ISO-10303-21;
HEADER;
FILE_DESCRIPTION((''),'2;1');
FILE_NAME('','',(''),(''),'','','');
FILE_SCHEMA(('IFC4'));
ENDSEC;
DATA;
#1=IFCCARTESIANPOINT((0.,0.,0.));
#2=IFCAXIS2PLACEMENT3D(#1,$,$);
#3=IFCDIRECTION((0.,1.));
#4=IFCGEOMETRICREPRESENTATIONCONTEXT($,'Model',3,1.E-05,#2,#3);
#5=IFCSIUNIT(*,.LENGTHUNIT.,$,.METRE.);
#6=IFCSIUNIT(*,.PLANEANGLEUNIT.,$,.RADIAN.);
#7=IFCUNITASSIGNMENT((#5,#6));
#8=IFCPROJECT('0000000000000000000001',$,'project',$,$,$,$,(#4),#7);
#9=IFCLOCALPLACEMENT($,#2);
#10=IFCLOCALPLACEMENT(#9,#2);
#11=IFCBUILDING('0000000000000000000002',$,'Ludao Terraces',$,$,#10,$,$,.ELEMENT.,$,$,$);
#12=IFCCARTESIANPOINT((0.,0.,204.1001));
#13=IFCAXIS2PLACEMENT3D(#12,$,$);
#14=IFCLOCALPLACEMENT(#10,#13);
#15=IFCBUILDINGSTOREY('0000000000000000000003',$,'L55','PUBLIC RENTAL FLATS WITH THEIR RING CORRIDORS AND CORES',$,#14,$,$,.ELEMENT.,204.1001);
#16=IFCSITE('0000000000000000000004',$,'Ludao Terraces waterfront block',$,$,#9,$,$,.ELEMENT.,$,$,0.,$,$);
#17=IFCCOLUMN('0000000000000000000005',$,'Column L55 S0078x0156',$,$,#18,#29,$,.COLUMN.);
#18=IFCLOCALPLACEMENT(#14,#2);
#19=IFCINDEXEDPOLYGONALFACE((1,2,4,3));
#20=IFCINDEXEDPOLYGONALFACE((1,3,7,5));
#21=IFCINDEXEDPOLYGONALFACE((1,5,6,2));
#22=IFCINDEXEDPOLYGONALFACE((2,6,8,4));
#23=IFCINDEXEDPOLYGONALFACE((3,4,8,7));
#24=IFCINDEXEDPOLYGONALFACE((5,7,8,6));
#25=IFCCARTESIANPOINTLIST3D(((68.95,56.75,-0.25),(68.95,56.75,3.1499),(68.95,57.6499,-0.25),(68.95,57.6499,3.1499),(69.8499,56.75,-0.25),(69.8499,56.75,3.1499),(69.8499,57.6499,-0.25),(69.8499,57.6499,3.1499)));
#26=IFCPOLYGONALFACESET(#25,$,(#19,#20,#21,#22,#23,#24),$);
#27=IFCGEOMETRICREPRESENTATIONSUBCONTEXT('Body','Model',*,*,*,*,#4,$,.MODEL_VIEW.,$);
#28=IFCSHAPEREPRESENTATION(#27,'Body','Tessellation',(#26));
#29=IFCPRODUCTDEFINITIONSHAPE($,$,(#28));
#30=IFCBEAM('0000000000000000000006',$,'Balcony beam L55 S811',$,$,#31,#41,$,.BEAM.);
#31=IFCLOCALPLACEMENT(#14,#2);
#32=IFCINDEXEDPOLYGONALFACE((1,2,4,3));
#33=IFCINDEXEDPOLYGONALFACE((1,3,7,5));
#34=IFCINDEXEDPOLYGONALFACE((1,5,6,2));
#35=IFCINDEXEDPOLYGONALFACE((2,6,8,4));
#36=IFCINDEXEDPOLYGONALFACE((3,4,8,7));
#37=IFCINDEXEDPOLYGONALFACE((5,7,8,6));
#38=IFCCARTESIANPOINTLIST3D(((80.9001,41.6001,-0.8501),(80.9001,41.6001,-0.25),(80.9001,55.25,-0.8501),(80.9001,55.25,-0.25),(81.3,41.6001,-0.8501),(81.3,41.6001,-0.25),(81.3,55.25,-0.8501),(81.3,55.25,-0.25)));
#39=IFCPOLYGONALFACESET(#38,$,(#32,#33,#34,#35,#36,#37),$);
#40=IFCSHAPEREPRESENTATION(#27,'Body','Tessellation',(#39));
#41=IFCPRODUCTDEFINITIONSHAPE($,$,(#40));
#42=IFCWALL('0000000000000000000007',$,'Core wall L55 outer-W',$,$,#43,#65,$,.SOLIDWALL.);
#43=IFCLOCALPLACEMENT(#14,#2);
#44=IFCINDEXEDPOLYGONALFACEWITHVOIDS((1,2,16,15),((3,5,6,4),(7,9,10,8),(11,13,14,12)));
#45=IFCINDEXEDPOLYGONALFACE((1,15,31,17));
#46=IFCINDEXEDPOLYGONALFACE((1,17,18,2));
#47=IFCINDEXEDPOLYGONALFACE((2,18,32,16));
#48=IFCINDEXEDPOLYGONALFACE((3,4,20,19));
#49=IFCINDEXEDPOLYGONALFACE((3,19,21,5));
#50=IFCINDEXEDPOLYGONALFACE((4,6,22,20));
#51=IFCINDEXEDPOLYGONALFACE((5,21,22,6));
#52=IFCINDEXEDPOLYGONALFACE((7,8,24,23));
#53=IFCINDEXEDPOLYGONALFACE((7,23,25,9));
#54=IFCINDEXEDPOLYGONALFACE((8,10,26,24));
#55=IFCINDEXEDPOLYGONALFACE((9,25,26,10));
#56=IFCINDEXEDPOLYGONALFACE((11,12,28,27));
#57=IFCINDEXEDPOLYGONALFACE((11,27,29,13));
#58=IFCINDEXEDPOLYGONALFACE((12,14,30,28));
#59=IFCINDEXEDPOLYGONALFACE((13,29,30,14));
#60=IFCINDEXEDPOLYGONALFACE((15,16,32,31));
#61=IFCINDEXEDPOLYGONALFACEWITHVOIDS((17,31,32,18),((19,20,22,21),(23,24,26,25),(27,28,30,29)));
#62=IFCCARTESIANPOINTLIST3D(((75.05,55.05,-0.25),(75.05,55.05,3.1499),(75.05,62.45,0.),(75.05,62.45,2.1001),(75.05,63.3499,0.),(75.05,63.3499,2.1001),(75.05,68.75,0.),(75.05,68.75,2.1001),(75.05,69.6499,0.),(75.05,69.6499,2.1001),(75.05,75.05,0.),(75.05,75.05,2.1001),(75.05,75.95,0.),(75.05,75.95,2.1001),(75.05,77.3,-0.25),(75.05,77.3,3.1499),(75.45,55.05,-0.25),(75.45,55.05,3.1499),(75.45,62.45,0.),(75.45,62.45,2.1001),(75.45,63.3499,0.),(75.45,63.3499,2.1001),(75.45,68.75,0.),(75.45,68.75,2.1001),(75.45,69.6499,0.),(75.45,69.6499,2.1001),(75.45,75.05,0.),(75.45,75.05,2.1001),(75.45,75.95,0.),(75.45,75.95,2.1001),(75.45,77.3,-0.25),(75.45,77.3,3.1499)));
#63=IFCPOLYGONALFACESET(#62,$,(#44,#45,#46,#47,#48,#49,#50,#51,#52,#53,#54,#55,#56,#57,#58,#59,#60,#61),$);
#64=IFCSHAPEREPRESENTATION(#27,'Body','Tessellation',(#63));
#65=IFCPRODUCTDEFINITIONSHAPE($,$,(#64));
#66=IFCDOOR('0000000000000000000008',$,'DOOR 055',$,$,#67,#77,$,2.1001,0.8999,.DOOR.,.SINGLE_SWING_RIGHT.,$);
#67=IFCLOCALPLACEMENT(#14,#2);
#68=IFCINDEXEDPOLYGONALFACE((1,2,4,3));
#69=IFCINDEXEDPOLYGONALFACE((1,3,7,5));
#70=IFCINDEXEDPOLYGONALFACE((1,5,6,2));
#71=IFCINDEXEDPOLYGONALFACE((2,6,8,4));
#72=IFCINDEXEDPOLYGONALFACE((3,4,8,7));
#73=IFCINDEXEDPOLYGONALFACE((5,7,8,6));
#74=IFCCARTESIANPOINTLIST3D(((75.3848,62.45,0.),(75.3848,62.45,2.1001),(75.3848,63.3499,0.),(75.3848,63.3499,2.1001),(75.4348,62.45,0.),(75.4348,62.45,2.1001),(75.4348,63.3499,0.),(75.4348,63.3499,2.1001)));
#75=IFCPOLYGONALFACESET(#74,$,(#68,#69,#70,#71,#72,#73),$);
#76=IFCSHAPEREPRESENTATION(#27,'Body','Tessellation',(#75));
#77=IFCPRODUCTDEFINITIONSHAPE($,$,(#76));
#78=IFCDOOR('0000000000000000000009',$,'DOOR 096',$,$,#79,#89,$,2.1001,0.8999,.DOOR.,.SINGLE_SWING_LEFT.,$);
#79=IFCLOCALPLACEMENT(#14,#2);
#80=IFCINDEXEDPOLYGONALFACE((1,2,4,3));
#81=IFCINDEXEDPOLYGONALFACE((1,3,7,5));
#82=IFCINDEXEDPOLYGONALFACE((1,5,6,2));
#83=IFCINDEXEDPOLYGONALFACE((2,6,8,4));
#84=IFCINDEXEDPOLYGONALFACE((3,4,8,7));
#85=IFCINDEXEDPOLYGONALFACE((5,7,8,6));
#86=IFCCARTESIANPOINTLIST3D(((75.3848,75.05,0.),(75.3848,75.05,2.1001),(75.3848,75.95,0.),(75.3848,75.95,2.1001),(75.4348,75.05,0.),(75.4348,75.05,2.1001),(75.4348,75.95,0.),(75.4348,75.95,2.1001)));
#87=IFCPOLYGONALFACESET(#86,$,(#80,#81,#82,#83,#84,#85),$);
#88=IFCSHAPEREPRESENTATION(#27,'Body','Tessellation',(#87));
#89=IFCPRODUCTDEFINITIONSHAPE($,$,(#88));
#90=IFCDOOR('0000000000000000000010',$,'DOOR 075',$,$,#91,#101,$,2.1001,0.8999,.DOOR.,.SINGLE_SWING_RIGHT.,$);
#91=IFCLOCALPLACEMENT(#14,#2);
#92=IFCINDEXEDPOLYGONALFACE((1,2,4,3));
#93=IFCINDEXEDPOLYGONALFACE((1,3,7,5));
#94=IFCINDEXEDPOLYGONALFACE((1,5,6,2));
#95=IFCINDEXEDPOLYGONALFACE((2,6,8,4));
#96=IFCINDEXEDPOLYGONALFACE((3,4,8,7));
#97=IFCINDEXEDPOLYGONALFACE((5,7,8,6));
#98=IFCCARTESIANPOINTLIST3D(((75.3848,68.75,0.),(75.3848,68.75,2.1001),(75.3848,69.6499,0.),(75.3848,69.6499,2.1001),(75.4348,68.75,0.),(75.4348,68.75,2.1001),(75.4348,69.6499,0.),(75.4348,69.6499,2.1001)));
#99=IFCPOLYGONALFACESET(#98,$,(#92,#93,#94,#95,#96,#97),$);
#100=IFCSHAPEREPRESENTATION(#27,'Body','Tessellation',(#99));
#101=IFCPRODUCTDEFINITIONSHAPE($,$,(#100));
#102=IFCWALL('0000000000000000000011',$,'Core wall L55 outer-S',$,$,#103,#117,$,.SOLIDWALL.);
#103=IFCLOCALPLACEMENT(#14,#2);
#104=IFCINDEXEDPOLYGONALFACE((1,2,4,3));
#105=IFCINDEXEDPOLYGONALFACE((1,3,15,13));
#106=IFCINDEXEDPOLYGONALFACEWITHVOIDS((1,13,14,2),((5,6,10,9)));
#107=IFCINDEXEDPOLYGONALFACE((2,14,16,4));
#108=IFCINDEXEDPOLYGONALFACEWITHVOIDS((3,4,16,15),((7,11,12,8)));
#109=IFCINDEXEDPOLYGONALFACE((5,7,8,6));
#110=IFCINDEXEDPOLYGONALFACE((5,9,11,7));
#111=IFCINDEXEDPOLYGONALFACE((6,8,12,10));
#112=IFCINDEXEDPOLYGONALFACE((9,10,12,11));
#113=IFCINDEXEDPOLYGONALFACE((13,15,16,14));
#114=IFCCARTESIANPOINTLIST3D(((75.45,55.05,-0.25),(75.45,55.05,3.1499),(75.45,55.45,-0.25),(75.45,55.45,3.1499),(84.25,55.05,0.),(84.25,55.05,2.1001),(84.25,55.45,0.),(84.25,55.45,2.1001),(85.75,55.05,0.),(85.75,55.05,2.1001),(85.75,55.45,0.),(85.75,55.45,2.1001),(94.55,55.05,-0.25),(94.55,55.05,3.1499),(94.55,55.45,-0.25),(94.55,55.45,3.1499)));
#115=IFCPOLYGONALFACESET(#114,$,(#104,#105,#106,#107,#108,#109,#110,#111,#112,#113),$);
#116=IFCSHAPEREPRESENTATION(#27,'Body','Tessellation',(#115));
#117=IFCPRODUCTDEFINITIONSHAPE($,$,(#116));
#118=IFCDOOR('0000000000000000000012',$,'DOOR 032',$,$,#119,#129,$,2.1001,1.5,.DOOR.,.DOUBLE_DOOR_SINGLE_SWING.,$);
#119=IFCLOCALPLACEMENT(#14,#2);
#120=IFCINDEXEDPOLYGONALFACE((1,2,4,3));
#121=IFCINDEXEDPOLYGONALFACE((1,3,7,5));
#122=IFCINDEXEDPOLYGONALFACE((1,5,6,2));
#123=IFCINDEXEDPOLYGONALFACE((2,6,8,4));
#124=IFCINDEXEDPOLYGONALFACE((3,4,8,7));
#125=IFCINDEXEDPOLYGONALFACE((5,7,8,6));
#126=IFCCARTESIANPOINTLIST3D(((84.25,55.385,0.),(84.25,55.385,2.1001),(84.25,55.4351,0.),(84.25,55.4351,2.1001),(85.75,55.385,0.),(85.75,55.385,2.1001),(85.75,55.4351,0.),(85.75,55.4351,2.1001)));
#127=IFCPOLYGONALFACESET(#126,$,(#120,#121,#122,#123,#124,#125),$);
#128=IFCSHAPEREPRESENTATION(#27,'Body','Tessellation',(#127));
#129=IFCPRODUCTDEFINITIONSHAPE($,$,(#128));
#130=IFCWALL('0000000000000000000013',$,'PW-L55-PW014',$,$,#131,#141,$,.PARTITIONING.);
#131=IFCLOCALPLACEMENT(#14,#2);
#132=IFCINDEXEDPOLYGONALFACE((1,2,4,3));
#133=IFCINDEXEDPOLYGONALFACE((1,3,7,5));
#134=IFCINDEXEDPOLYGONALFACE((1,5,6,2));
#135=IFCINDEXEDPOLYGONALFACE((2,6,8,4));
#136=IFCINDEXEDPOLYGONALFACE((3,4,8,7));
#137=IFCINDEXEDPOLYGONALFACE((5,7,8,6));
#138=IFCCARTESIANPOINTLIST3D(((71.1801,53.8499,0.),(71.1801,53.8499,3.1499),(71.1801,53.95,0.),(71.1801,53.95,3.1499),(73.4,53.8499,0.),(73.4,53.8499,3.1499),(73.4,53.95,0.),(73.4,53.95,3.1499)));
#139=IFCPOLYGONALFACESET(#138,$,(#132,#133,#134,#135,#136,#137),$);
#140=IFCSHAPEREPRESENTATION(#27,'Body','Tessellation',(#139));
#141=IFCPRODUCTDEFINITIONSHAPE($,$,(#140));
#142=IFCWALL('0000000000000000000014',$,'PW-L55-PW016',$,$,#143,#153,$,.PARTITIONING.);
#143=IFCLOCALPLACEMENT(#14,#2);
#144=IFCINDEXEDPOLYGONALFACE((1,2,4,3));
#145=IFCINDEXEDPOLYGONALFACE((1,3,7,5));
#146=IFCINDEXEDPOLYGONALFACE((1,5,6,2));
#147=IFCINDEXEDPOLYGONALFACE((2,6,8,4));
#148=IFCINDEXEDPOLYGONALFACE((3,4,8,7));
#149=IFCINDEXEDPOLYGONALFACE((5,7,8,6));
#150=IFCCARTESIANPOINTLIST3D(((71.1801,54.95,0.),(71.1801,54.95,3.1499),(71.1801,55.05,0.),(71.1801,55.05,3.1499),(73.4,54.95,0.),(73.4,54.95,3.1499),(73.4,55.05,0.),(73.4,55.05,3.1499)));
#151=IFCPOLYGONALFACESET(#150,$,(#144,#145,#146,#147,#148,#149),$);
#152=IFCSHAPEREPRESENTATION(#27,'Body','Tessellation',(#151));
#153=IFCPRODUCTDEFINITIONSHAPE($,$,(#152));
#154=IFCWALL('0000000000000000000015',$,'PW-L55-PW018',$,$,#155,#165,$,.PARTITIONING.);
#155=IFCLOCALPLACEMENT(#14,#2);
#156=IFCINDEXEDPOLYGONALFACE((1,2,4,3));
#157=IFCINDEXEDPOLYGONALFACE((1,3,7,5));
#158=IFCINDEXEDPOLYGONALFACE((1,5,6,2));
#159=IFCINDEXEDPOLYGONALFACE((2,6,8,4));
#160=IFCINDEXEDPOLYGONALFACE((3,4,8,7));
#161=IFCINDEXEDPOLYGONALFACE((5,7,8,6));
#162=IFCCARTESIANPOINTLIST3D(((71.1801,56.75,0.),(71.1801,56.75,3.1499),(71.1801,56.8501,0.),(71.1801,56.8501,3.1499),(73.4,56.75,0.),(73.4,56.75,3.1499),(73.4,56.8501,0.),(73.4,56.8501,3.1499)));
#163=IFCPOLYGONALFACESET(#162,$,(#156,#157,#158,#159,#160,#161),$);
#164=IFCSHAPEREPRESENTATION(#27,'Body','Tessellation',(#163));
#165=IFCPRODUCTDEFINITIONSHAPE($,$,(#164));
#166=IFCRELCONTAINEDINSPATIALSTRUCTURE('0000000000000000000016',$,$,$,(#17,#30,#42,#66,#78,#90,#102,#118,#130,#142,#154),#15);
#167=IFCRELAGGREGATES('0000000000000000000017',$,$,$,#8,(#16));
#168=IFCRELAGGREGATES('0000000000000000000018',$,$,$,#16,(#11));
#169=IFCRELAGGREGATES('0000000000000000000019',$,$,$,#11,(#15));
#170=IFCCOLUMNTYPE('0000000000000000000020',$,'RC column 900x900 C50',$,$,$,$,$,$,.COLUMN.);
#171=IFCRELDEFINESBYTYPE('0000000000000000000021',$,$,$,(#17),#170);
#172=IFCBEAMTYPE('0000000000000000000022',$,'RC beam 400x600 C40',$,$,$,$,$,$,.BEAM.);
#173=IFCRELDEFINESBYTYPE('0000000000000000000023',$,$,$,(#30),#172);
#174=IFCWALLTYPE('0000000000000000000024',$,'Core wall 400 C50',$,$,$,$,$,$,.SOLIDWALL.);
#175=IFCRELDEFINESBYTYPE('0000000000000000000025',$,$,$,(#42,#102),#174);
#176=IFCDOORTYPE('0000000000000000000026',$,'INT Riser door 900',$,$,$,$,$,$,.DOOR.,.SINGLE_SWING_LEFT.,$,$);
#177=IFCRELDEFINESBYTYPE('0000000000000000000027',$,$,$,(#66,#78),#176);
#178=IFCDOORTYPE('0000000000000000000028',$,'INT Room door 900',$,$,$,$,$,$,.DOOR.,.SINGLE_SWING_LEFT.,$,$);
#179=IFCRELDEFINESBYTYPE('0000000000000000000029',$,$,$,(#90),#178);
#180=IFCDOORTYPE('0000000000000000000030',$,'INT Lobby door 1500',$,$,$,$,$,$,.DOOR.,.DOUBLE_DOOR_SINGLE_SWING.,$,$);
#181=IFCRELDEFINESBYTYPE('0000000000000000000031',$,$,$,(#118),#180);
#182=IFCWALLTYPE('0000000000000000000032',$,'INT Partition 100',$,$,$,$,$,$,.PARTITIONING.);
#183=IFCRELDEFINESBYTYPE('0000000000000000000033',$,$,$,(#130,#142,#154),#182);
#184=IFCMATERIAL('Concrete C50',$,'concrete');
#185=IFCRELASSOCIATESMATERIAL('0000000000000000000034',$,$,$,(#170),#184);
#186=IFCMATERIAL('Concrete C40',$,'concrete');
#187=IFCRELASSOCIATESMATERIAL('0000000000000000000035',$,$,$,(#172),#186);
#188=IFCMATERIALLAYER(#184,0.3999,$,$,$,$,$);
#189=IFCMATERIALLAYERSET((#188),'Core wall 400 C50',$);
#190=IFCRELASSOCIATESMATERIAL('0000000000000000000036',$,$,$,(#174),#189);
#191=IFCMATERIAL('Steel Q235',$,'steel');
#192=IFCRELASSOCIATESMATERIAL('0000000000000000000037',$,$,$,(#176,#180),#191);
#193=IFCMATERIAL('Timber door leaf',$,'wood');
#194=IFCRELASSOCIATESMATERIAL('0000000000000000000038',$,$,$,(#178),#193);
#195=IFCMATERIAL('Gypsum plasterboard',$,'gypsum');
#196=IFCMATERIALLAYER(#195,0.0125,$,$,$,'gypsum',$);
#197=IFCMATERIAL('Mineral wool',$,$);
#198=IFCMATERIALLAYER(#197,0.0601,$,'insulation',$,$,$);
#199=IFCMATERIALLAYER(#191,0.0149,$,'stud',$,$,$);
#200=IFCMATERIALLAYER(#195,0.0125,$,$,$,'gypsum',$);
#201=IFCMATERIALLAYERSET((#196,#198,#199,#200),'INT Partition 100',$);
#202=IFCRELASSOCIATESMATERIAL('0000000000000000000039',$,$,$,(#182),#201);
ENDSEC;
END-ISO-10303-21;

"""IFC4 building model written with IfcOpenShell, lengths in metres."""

from ifc_helpers import new_model, si_unit, direction, frame, frame_2d, origin, origin_2d, place, context, subcontext, project, spatial, rectangle, extrude, material, layer, layer_set, material_profile, profile_set, type_object, element, fill, save


model = new_model("IFC4")

# Units and contexts
model_context = context("Model", 3, precision=1e-05, world=origin(), true_north=direction((0.0, 1.0)))
body_context = subcontext(model_context, "Body", "Model", "MODEL_VIEW")
ifc_project = project(units=[si_unit("LENGTHUNIT", "METRE"), si_unit("PLANEANGLEUNIT", "RADIAN")], contexts=[model_context])

# Site, building, storey
site_placement = place(None, origin())
site = spatial("IfcSite", under=ifc_project, at=site_placement, Name="Ludao Terraces waterfront block", CompositionType="ELEMENT", RefElevation=0.0)
building_placement = place(site_placement, origin())
building = spatial("IfcBuilding", under=site, at=building_placement, Name="Ludao Terraces", CompositionType="ELEMENT")
storey_placement = place(building_placement, frame((0.0, 0.0, 204.1001)))
storey = spatial("IfcBuildingStorey", under=building, at=storey_placement, Name="L55", Description="PUBLIC RENTAL FLATS WITH THEIR RING CORRIDORS AND CORES", CompositionType="ELEMENT", Elevation=204.1001)

# Column
ifc_material_1 = material(Name="Concrete C50", Category="concrete")
ifc_material_profile_1 = material_profile(ifc_material_1, rectangle(XDim=0.8999, YDim=0.8999, at=origin_2d()), Name="900 X 900")
ifc_profile_set_1 = profile_set([ifc_material_profile_1], Name="Concrete C50")
column_type = type_object("IfcColumnType", Name="RC column 900x900 C50", PredefinedType="COLUMN", material=ifc_profile_set_1)
column_placement = place(storey_placement, frame((69.3999, 57.2, -0.25), z_axis=(0.0, 0.0, 1.0), x_axis=(1.0, 0.0, 0.0)))
element("IfcColumn", 1, at=column_placement, inside=storey, type_object=column_type, Name="Column L55 S0078x0156", PredefinedType="COLUMN", context=body_context, shape_type="SweptSolid", body=[
    extrude(rectangle(XDim=0.8999, YDim=0.8999, at=origin_2d()), origin(), (0.0, 0.0, 1.0), 3.3999),
])

# Beam
ifc_material_2 = material(Name="Concrete C40", Category="concrete")
ifc_material_profile_2 = material_profile(ifc_material_2, rectangle(XDim=0.3999, YDim=0.6001, at=origin_2d()), Name="400 X 600")
ifc_profile_set_2 = profile_set([ifc_material_profile_2], Name="Concrete C40")
beam_type = type_object("IfcBeamType", Name="RC beam 400x600 C40", PredefinedType="BEAM", material=ifc_profile_set_2)
beam_placement = place(storey_placement, frame((81.1001, 55.25, -0.55), z_axis=(0.0, -1.0, 0.0), x_axis=(1.0, 0.0, 0.0)))
element("IfcBeam", 2, at=beam_placement, inside=storey, type_object=beam_type, Name="Balcony beam L55 S811", PredefinedType="BEAM", context=body_context, shape_type="SweptSolid", body=[
    extrude(rectangle(XDim=0.3999, YDim=0.6001, at=origin_2d()), origin(), (0.0, 0.0, 1.0), 13.6499),
])

# Wall, openings, doors
ifc_layer_1 = layer(ifc_material_1, 0.3999)
ifc_layer_set_1 = layer_set([ifc_layer_1], Name="Core wall 400 C50")
wall_type_1 = type_object("IfcWallType", Name="Core wall 400 C50", PredefinedType="SOLIDWALL", material=ifc_layer_set_1)
wall_1_placement = place(storey_placement, frame((75.25, 55.05, -0.25), z_axis=(0.0, 0.0, 1.0), x_axis=(0.0, 1.0, 0.0)))
wall_1 = element("IfcWall", 3, at=wall_1_placement, inside=storey, type_object=wall_type_1, Name="Core wall L55 outer-W", PredefinedType="SOLIDWALL", context=body_context, shape_type="SweptSolid", body=[
    extrude(rectangle(XDim=22.25, YDim=0.3999, at=frame_2d((11.125, 0.0))), origin(), (0.0, 0.0, 1.0), 3.3999),
])
opening_1_placement = place(wall_1_placement, frame((7.3999, 0.0, 0.25)))
opening_1 = element("IfcOpeningElement", 4, at=opening_1_placement, cuts=wall_1, PredefinedType="OPENING", context=body_context, shape_type="SweptSolid", body=[
    extrude(rectangle(XDim=0.8999, YDim=2.1001, at=frame_2d((0.45, 1.05))), frame((0.0, 0.21, 0.0), z_axis=(0.0, -1.0, 0.0), x_axis=(1.0, 0.0, 0.0)), (0.0, 0.0, 1.0), 0.4199),
])
opening_2_placement = place(wall_1_placement, frame((13.7, 0.0, 0.25)))
opening_2 = element("IfcOpeningElement", 5, at=opening_2_placement, cuts=wall_1, PredefinedType="OPENING", context=body_context, shape_type="SweptSolid", body=[
    extrude(rectangle(XDim=0.8999, YDim=2.1001, at=frame_2d((0.45, 1.05))), frame((0.0, 0.21, 0.0), z_axis=(0.0, -1.0, 0.0), x_axis=(1.0, 0.0, 0.0)), (0.0, 0.0, 1.0), 0.4199),
])
opening_3_placement = place(wall_1_placement, frame((20.0, 0.0, 0.25)))
opening_3 = element("IfcOpeningElement", 6, at=opening_3_placement, cuts=wall_1, PredefinedType="OPENING", context=body_context, shape_type="SweptSolid", body=[
    extrude(rectangle(XDim=0.8999, YDim=2.1001, at=frame_2d((0.45, 1.05))), frame((0.0, 0.21, 0.0), z_axis=(0.0, -1.0, 0.0), x_axis=(1.0, 0.0, 0.0)), (0.0, 0.0, 1.0), 0.4199),
])
ifc_material_3 = material(Name="Steel Q235", Category="steel")
door_type_1 = type_object("IfcDoorType", Name="INT Riser door 900", OperationType="SINGLE_SWING_LEFT", PredefinedType="DOOR", material=ifc_material_3)
door_1_placement = place(opening_1_placement, origin())
door_1 = element("IfcDoor", 7, at=door_1_placement, inside=storey, type_object=door_type_1, Name="DOOR 055", OperationType="SINGLE_SWING_RIGHT", OverallHeight=2.1001, OverallWidth=0.8999, PredefinedType="DOOR", context=body_context, shape_type="SweptSolid", body=[
    extrude(rectangle(XDim=0.8999, YDim=2.1001, at=frame_2d((0.45, 1.05))), frame((0.0, -0.1348, 0.0), z_axis=(0.0, -1.0, 0.0), x_axis=(1.0, 0.0, 0.0)), (0.0, 0.0, 1.0), 0.05),
])
fill(opening_1, door_1)
door_2_placement = place(opening_3_placement, origin())
door_2 = element("IfcDoor", 8, at=door_2_placement, inside=storey, type_object=door_type_1, Name="DOOR 096", OperationType="SINGLE_SWING_LEFT", OverallHeight=2.1001, OverallWidth=0.8999, PredefinedType="DOOR", context=body_context, shape_type="SweptSolid", body=[
    extrude(rectangle(XDim=0.8999, YDim=2.1001, at=frame_2d((0.45, 1.05))), frame((0.0, -0.1348, 0.0), z_axis=(0.0, -1.0, 0.0), x_axis=(1.0, 0.0, 0.0)), (0.0, 0.0, 1.0), 0.05),
])
fill(opening_3, door_2)
ifc_material_4 = material(Name="Timber door leaf", Category="wood")
door_type_2 = type_object("IfcDoorType", Name="INT Room door 900", OperationType="SINGLE_SWING_LEFT", PredefinedType="DOOR", material=ifc_material_4)
door_3_placement = place(opening_2_placement, origin())
door_3 = element("IfcDoor", 9, at=door_3_placement, inside=storey, type_object=door_type_2, Name="DOOR 075", OperationType="SINGLE_SWING_RIGHT", OverallHeight=2.1001, OverallWidth=0.8999, PredefinedType="DOOR", context=body_context, shape_type="SweptSolid", body=[
    extrude(rectangle(XDim=0.8999, YDim=2.1001, at=frame_2d((0.45, 1.05))), frame((0.0, -0.1348, 0.0), z_axis=(0.0, -1.0, 0.0), x_axis=(1.0, 0.0, 0.0)), (0.0, 0.0, 1.0), 0.05),
])
fill(opening_2, door_3)

# Wall, opening, door
wall_2_placement = place(storey_placement, frame((75.45, 55.25, -0.25), z_axis=(0.0, 0.0, 1.0), x_axis=(1.0, 0.0, 0.0)))
wall_2 = element("IfcWall", 10, at=wall_2_placement, inside=storey, type_object=wall_type_1, Name="Core wall L55 outer-S", PredefinedType="SOLIDWALL", context=body_context, shape_type="SweptSolid", body=[
    extrude(rectangle(XDim=19.1001, YDim=0.3999, at=frame_2d((9.55, 0.0))), origin(), (0.0, 0.0, 1.0), 3.3999),
])
opening_4_placement = place(wall_2_placement, frame((8.8, 0.0, 0.25)))
opening_4 = element("IfcOpeningElement", 11, at=opening_4_placement, cuts=wall_2, PredefinedType="OPENING", context=body_context, shape_type="SweptSolid", body=[
    extrude(rectangle(XDim=1.5, YDim=2.1001, at=frame_2d((0.75, 1.05))), frame((0.0, 0.21, 0.0), z_axis=(0.0, -1.0, 0.0), x_axis=(1.0, 0.0, 0.0)), (0.0, 0.0, 1.0), 0.4199),
])
door_type_3 = type_object("IfcDoorType", Name="INT Lobby door 1500", OperationType="DOUBLE_DOOR_SINGLE_SWING", PredefinedType="DOOR", material=ifc_material_3)
door_4_placement = place(opening_4_placement, origin())
door_4 = element("IfcDoor", 12, at=door_4_placement, inside=storey, type_object=door_type_3, Name="DOOR 032", OperationType="DOUBLE_DOOR_SINGLE_SWING", OverallHeight=2.1001, OverallWidth=1.5, PredefinedType="DOOR", context=body_context, shape_type="SweptSolid", body=[
    extrude(rectangle(XDim=1.5, YDim=2.1001, at=frame_2d((0.75, 1.05))), frame((0.0, 0.1851, 0.0), z_axis=(0.0, -1.0, 0.0), x_axis=(1.0, 0.0, 0.0)), (0.0, 0.0, 1.0), 0.05),
])
fill(opening_4, door_4)

# Walls
ifc_material_5 = material(Name="Gypsum plasterboard", Category="gypsum")
ifc_layer_2 = layer(ifc_material_5, 0.0125, Category="gypsum")
ifc_material_6 = material(Name="Mineral wool")
ifc_layer_3 = layer(ifc_material_6, 0.0601, Name="insulation")
ifc_layer_4 = layer(ifc_material_3, 0.0149, Name="stud")
ifc_layer_5 = layer(ifc_material_5, 0.0125, Category="gypsum")
ifc_layer_set_2 = layer_set([ifc_layer_2, ifc_layer_3, ifc_layer_4, ifc_layer_5], Name="INT Partition 100")
wall_type_2 = type_object("IfcWallType", Name="INT Partition 100", PredefinedType="PARTITIONING", material=ifc_layer_set_2)
for number, where, z_axis, x_axis, name in (
    (13, (71.1802, 53.8999, 0.0), (0.0, 0.0, 1.0), (1.0, 0.0, 0.0), "PW-L55-PW014"),
    (14, (71.1802, 55.0, 0.0), (0.0, 0.0, 1.0), (1.0, 0.0, 0.0), "PW-L55-PW016"),
    (15, (71.1802, 56.8, 0.0), (0.0, 0.0, 1.0), (1.0, 0.0, 0.0), "PW-L55-PW018"),
):
    element("IfcWall", number, at=place(storey_placement, frame(where, z_axis=z_axis, x_axis=x_axis)), inside=storey, type_object=wall_type_2, Name=name, PredefinedType="PARTITIONING", context=body_context, shape_type="SweptSolid", body=[
        extrude(rectangle(XDim=2.22, YDim=0.1001, at=frame_2d((1.1099, 0.0))), origin(), (0.0, 0.0, 1.0), 3.1499),
    ])

save(model, "model.ifc")
